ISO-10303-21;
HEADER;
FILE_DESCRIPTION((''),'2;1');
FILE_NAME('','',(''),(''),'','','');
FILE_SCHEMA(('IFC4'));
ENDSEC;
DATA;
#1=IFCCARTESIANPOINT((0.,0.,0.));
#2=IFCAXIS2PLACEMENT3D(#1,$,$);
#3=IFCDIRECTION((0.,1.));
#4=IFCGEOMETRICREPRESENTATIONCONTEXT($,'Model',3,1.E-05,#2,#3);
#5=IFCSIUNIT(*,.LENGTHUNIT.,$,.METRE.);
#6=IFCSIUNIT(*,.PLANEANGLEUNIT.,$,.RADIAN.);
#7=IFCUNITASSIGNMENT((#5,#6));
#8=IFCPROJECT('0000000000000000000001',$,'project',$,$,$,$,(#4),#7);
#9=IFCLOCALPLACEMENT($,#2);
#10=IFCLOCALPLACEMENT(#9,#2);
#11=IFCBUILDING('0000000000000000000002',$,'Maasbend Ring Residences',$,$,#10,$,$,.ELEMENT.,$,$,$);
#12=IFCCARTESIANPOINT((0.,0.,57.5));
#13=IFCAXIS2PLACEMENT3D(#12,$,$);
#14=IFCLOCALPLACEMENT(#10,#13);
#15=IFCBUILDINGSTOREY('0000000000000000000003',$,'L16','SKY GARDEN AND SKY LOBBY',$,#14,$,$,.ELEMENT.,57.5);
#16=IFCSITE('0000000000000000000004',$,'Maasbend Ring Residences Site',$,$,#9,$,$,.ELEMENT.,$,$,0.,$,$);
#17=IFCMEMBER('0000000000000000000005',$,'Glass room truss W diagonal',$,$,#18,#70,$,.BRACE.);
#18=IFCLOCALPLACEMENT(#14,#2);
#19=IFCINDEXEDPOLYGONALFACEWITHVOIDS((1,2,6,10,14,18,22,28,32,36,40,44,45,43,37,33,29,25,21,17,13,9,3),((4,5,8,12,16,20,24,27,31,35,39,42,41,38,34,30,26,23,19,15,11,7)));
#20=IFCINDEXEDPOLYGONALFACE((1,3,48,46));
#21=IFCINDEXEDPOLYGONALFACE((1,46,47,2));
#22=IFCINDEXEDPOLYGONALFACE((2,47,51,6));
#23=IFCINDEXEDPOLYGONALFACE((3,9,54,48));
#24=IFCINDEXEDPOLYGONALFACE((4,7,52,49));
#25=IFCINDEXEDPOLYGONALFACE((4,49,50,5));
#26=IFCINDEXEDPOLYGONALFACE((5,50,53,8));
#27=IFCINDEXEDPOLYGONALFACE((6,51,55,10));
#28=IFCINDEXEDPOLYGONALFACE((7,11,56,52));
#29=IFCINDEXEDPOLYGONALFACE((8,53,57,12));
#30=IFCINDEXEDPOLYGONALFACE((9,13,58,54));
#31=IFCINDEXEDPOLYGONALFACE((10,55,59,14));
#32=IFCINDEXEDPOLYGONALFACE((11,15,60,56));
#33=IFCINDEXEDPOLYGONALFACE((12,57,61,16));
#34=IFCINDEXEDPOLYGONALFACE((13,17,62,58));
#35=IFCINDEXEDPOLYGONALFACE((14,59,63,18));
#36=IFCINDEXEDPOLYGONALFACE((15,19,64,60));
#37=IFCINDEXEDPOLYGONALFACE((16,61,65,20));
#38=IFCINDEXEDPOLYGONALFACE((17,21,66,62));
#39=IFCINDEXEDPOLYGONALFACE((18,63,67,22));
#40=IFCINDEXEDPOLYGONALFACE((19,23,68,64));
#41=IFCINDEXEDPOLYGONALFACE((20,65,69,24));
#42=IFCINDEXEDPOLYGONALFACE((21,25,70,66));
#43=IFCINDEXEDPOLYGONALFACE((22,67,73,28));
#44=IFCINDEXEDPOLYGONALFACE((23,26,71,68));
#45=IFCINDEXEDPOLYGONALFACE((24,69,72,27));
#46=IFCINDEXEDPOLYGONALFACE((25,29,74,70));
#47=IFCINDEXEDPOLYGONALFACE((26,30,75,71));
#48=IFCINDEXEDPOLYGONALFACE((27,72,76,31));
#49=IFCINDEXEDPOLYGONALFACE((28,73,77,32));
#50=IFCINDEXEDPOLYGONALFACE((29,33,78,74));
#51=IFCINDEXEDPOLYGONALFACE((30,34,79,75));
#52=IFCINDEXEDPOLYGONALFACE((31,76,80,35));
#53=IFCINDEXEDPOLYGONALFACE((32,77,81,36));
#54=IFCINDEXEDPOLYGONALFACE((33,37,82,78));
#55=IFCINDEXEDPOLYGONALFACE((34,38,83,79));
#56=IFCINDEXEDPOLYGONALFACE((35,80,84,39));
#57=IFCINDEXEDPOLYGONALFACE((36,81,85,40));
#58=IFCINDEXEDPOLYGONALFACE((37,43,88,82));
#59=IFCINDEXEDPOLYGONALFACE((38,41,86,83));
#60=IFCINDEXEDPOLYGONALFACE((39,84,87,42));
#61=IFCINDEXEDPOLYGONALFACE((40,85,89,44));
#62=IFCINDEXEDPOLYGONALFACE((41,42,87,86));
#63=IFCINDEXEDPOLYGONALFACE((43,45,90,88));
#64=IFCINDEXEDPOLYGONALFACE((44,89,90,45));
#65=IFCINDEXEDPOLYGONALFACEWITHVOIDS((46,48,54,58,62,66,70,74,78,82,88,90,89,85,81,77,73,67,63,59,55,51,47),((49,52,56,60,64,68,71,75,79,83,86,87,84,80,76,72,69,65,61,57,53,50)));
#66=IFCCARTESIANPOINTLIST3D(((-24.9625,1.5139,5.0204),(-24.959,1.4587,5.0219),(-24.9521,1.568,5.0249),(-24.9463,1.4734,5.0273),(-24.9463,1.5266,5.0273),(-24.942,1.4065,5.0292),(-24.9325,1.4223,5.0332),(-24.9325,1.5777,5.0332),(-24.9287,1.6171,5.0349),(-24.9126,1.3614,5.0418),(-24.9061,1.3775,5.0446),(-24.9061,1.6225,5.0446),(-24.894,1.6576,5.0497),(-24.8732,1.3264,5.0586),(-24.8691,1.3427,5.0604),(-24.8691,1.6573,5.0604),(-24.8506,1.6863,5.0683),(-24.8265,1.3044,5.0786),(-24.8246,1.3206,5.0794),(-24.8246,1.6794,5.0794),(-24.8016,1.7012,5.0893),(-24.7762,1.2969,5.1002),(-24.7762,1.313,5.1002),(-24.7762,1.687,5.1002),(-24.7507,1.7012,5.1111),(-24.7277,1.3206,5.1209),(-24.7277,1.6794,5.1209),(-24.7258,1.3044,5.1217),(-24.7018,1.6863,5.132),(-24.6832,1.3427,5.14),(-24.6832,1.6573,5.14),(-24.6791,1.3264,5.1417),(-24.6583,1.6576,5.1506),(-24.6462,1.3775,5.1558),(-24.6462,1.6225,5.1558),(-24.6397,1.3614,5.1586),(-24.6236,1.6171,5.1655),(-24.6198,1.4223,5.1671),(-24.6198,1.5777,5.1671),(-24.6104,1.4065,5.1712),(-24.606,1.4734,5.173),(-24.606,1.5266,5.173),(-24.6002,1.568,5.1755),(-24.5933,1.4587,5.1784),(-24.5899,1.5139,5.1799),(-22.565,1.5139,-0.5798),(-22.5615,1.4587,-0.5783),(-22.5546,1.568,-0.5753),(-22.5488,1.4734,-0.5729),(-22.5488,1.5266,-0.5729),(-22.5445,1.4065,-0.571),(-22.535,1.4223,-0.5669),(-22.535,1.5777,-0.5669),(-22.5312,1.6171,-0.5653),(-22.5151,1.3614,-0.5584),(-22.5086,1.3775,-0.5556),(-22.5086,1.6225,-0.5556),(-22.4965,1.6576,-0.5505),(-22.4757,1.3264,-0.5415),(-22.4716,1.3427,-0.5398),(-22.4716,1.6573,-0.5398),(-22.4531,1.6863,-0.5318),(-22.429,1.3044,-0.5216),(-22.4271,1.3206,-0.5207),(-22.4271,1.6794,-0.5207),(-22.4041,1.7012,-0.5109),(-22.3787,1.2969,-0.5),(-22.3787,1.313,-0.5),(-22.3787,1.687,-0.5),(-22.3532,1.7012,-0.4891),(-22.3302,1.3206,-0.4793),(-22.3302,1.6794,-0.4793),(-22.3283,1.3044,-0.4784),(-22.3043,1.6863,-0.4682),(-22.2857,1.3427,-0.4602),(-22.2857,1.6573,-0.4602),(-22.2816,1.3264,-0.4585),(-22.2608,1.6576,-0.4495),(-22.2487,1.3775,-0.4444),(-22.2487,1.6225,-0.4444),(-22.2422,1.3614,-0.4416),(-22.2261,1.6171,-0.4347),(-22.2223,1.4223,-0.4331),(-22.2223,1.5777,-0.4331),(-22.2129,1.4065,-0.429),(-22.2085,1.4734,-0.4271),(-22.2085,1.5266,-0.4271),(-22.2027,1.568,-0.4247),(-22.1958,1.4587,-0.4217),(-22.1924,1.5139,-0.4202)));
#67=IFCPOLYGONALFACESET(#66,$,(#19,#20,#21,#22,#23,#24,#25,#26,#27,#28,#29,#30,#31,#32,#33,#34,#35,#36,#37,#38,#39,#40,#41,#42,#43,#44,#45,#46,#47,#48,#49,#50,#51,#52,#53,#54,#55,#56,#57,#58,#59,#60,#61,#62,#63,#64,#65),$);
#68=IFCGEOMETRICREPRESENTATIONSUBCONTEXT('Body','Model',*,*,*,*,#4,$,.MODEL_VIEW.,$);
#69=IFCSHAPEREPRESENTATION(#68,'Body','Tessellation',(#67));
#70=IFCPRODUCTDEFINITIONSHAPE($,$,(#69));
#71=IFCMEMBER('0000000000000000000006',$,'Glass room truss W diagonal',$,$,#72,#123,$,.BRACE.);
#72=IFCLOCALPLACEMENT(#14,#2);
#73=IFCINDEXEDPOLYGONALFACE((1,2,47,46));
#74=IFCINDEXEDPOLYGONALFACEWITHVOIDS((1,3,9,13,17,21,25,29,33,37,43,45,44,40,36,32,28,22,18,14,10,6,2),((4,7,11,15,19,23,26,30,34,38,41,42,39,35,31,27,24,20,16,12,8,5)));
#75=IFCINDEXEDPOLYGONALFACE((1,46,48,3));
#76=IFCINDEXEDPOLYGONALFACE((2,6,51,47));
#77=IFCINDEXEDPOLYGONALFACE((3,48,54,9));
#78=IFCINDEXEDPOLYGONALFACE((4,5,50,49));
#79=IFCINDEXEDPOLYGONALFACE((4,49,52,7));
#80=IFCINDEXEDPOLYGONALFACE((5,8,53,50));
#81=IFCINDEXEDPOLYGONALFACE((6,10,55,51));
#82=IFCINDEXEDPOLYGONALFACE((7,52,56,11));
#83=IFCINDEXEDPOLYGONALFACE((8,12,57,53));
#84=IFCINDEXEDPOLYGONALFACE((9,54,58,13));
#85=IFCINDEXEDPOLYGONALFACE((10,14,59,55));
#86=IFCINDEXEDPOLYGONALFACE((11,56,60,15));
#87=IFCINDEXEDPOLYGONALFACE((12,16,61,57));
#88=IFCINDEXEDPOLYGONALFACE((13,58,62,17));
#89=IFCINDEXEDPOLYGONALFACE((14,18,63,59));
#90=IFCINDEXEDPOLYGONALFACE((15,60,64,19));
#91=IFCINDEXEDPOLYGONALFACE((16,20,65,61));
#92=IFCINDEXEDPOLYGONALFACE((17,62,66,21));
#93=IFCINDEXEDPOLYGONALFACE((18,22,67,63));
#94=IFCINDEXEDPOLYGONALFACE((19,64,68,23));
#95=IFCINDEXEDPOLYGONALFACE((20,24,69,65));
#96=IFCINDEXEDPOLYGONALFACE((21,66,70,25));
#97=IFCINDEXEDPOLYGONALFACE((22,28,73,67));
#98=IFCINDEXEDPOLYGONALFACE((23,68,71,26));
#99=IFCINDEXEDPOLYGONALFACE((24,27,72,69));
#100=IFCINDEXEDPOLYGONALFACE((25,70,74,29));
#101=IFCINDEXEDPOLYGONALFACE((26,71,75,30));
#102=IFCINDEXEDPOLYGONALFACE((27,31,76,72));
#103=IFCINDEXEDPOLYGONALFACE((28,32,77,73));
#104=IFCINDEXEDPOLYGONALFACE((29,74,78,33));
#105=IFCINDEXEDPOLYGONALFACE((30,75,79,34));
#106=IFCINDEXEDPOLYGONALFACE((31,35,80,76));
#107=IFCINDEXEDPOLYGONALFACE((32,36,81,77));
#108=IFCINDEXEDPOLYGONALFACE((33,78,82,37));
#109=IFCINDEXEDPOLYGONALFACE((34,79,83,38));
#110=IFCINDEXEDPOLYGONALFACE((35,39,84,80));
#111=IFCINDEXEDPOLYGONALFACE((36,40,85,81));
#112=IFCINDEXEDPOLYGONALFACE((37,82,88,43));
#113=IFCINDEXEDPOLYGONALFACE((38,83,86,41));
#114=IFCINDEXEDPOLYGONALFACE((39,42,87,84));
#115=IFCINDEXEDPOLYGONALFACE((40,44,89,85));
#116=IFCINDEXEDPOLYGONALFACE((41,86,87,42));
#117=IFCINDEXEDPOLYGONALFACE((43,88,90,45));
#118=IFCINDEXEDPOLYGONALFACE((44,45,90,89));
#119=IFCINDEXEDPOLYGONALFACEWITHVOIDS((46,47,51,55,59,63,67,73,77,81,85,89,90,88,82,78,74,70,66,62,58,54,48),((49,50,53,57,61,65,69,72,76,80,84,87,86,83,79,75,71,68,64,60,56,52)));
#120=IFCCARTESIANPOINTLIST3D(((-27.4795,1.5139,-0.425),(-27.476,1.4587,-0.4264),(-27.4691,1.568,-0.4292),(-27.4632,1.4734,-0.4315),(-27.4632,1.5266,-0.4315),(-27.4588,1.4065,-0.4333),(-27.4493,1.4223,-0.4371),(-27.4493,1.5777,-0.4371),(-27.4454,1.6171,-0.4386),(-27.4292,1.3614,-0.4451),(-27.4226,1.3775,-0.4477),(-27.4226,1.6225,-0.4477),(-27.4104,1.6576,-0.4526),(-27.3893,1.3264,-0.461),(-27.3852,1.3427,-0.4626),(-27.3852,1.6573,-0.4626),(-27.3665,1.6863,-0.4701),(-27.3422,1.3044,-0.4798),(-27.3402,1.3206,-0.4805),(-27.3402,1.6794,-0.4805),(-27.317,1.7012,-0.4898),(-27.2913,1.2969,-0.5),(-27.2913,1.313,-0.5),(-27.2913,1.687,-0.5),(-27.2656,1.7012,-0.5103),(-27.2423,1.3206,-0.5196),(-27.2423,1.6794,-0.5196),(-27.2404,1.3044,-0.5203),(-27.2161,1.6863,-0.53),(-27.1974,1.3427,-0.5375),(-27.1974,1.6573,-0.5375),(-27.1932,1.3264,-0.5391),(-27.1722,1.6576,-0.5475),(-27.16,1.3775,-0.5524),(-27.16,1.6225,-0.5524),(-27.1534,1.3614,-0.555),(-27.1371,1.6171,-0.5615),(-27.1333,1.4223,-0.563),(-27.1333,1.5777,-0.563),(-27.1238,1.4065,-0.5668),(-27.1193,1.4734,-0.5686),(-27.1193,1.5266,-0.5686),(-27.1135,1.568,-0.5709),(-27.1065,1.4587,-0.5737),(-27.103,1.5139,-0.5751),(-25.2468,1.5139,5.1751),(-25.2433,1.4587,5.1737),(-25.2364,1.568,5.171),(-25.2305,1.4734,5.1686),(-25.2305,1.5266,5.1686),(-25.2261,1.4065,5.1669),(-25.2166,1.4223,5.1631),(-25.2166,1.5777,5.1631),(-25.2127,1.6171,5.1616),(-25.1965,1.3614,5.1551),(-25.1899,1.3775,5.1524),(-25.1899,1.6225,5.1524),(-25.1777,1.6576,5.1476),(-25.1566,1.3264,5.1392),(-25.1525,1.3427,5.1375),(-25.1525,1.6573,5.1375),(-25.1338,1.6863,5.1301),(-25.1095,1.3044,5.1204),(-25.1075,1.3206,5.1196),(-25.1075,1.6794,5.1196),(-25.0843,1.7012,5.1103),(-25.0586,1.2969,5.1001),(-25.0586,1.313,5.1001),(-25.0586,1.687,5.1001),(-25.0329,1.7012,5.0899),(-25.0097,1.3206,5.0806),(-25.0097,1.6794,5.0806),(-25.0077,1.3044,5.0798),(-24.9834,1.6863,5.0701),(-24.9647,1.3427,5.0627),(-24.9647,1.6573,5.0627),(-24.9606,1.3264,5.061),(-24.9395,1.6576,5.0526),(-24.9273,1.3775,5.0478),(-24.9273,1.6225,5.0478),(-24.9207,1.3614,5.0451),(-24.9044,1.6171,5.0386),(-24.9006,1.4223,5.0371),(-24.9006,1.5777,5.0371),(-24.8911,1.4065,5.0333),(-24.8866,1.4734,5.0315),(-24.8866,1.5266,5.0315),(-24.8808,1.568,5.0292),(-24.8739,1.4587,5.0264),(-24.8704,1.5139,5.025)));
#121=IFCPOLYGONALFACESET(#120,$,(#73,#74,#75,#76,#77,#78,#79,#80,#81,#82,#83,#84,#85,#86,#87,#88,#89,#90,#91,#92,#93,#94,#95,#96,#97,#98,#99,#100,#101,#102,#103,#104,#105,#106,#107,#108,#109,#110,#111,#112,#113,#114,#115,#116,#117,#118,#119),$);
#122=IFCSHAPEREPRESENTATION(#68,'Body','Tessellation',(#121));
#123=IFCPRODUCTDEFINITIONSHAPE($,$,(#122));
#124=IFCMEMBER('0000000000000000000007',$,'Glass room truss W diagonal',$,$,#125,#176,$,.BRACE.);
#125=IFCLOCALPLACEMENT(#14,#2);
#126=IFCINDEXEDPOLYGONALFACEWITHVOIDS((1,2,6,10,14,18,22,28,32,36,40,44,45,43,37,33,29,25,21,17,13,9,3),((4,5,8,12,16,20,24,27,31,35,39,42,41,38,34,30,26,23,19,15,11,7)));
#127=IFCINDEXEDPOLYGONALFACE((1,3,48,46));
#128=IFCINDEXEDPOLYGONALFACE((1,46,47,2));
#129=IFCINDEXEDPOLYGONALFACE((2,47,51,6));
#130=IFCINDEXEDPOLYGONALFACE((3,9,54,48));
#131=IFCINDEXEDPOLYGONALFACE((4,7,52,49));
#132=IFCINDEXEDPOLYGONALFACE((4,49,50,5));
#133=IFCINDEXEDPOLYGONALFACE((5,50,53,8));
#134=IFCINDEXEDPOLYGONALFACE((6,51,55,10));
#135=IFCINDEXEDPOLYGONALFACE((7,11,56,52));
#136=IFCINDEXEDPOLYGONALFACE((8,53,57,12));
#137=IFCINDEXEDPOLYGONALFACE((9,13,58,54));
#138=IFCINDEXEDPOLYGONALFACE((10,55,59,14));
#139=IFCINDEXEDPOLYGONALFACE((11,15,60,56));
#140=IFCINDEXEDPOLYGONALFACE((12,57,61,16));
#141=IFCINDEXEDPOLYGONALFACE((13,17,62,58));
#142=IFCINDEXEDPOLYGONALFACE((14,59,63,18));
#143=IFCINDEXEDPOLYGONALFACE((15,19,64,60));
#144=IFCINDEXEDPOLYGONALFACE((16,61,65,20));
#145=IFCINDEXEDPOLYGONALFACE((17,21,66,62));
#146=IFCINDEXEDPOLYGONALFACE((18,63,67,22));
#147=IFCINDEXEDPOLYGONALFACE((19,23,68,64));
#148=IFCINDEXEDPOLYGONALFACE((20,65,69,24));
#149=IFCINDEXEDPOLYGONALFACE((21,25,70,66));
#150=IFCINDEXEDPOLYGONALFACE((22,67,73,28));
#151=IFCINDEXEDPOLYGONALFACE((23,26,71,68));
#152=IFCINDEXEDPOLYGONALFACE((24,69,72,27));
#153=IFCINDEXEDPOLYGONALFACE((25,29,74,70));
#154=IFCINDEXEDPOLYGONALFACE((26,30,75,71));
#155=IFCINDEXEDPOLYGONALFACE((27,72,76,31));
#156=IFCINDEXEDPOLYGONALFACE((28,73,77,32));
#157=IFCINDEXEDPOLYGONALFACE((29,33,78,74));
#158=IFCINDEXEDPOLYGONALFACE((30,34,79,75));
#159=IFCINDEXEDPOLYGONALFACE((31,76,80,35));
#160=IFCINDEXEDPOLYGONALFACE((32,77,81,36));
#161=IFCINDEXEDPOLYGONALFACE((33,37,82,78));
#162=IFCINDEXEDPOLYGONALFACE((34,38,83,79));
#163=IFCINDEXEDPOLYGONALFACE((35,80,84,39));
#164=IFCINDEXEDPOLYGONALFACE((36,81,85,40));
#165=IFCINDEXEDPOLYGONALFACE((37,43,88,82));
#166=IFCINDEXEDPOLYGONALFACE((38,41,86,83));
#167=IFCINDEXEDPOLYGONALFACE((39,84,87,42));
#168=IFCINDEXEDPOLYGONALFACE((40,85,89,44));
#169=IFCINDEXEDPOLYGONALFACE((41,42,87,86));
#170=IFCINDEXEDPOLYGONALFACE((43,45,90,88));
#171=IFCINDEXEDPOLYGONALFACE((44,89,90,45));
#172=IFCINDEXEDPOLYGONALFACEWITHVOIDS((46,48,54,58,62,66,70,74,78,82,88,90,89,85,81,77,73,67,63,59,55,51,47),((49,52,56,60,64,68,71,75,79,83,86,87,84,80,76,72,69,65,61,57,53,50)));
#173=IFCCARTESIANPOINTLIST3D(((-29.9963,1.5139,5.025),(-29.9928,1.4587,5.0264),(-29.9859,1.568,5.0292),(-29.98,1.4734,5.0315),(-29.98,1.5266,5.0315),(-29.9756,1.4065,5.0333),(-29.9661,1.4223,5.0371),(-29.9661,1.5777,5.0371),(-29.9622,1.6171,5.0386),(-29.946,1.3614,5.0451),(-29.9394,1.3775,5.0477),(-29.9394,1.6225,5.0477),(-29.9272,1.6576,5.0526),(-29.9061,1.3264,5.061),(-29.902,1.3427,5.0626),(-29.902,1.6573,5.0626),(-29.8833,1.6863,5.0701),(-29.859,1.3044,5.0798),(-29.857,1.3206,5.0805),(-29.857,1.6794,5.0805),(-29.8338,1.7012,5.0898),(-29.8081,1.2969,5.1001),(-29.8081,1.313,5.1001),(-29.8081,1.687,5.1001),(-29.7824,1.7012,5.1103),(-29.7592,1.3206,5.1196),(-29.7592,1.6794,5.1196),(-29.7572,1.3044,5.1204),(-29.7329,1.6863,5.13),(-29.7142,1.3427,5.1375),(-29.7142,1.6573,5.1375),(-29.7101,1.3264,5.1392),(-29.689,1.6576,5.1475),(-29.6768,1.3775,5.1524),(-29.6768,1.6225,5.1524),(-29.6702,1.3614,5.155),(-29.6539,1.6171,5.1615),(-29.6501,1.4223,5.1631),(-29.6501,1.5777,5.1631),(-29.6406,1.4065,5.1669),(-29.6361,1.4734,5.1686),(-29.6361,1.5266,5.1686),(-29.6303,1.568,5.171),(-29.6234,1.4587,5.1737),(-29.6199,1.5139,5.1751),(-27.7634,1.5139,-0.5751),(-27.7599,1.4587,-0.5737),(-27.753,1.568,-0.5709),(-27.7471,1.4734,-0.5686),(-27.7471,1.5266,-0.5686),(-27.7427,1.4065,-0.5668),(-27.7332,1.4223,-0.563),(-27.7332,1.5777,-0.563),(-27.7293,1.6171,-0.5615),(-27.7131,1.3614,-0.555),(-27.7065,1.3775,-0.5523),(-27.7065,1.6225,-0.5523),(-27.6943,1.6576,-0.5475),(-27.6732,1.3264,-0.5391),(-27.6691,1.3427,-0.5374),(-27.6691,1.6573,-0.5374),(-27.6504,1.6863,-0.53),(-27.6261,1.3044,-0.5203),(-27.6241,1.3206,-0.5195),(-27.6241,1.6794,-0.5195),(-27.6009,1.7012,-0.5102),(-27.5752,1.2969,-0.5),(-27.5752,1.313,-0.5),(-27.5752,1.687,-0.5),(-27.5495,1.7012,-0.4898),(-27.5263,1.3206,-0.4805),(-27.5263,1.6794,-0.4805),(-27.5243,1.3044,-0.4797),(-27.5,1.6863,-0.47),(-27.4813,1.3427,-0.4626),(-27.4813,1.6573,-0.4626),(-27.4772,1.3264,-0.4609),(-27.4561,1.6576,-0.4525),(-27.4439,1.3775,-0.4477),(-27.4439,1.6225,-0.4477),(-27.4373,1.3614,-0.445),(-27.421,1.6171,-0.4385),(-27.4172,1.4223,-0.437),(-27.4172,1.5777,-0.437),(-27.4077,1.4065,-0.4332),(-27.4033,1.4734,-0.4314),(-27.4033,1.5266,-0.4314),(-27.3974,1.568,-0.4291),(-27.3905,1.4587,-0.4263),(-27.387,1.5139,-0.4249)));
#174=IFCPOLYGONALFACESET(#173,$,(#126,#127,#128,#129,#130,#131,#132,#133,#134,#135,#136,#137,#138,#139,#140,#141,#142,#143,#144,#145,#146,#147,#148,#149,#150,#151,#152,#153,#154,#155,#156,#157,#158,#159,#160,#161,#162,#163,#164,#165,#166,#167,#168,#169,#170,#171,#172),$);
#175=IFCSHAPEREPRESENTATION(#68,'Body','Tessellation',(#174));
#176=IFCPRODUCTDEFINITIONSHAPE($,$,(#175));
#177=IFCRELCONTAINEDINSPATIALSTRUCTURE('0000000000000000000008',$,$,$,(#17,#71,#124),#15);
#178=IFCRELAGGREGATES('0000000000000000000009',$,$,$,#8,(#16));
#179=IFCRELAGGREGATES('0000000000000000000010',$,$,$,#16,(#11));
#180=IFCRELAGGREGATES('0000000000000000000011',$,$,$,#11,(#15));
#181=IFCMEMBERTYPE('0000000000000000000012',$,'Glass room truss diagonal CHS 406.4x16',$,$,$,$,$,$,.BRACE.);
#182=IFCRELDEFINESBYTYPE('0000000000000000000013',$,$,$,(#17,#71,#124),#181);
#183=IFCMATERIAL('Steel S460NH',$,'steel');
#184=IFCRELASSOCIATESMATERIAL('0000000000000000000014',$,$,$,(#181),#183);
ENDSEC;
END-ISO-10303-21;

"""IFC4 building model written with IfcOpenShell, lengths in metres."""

from ifc_helpers import new_model, si_unit, direction, frame, origin, origin_2d, place, context, subcontext, project, spatial, hollow_circle, extrude, material, material_profile, profile_set, type_object, element, save


model = new_model("IFC4")

# Units and contexts
model_context = context("Model", 3, precision=1e-05, world=origin(), true_north=direction((0.0, 1.0)))
body_context = subcontext(model_context, "Body", "Model", "MODEL_VIEW")
ifc_project = project(units=[si_unit("LENGTHUNIT", "METRE"), si_unit("PLANEANGLEUNIT", "RADIAN")], contexts=[model_context])

# Site, building, storey
site_placement = place(None, origin())
site = spatial("IfcSite", under=ifc_project, at=site_placement, Name="Maasbend Ring Residences Site", CompositionType="ELEMENT", RefElevation=0.0)
building_placement = place(site_placement, origin())
building = spatial("IfcBuilding", under=site, at=building_placement, Name="Maasbend Ring Residences", CompositionType="ELEMENT")
storey_placement = place(building_placement, frame((0.0, 0.0, 57.5)))
storey = spatial("IfcBuildingStorey", under=building, at=storey_placement, Name="L16", Description="SKY GARDEN AND SKY LOBBY", CompositionType="ELEMENT", Elevation=57.5)

# Members
ifc_material_1 = material(Name="Steel S460NH", Category="steel")
ifc_material_profile_1 = material_profile(ifc_material_1, hollow_circle(Radius=0.2031, WallThickness=0.0161, at=origin_2d()), Name="Glass room truss diagonal CHS 406.4x16")
ifc_profile_set_1 = profile_set([ifc_material_profile_1], Name="Steel S460NH")
member_type_1 = type_object("IfcMemberType", Name="Glass room truss diagonal CHS 406.4x16", PredefinedType="BRACE", material=ifc_profile_set_1)
member_1_placement = place(storey_placement, frame((-22.3787, 1.5, -0.5), z_axis=(-0.393561, 0.0, 0.919298), x_axis=(0.0, -1.0, 0.0)))
element("IfcMember", 1, at=member_1_placement, inside=storey, type_object=member_type_1, Name="Glass room truss W diagonal", PredefinedType="BRACE", context=body_context, shape_type="SweptSolid", body=[
    extrude(hollow_circle(Radius=0.2031, WallThickness=0.0161, at=origin_2d()), origin(), (0.0, 0.0, 1.0), 6.0918),
])
for number, where, z_axis, x_axis, name in (
    (2, (-25.0586, 1.5, 5.1001), (-0.370336, 0.0, -0.928898), (0.0, -1.0, 0.0), "Glass room truss W diagonal"),
    (3, (-27.5752, 1.5, -0.5), (-0.370371, 0.0, 0.928884), (0.0, -1.0, 0.0), "Glass room truss W diagonal"),
):
    element("IfcMember", number, at=place(storey_placement, frame(where, z_axis=z_axis, x_axis=x_axis)), inside=storey, type_object=member_type_1, Name=name, PredefinedType="BRACE", context=body_context, shape_type="SweptSolid", body=[
        extrude(hollow_circle(Radius=0.2031, WallThickness=0.0161, at=origin_2d()), origin(), (0.0, 0.0, 1.0), 6.0288),
    ])

save(model, "model.ifc")
